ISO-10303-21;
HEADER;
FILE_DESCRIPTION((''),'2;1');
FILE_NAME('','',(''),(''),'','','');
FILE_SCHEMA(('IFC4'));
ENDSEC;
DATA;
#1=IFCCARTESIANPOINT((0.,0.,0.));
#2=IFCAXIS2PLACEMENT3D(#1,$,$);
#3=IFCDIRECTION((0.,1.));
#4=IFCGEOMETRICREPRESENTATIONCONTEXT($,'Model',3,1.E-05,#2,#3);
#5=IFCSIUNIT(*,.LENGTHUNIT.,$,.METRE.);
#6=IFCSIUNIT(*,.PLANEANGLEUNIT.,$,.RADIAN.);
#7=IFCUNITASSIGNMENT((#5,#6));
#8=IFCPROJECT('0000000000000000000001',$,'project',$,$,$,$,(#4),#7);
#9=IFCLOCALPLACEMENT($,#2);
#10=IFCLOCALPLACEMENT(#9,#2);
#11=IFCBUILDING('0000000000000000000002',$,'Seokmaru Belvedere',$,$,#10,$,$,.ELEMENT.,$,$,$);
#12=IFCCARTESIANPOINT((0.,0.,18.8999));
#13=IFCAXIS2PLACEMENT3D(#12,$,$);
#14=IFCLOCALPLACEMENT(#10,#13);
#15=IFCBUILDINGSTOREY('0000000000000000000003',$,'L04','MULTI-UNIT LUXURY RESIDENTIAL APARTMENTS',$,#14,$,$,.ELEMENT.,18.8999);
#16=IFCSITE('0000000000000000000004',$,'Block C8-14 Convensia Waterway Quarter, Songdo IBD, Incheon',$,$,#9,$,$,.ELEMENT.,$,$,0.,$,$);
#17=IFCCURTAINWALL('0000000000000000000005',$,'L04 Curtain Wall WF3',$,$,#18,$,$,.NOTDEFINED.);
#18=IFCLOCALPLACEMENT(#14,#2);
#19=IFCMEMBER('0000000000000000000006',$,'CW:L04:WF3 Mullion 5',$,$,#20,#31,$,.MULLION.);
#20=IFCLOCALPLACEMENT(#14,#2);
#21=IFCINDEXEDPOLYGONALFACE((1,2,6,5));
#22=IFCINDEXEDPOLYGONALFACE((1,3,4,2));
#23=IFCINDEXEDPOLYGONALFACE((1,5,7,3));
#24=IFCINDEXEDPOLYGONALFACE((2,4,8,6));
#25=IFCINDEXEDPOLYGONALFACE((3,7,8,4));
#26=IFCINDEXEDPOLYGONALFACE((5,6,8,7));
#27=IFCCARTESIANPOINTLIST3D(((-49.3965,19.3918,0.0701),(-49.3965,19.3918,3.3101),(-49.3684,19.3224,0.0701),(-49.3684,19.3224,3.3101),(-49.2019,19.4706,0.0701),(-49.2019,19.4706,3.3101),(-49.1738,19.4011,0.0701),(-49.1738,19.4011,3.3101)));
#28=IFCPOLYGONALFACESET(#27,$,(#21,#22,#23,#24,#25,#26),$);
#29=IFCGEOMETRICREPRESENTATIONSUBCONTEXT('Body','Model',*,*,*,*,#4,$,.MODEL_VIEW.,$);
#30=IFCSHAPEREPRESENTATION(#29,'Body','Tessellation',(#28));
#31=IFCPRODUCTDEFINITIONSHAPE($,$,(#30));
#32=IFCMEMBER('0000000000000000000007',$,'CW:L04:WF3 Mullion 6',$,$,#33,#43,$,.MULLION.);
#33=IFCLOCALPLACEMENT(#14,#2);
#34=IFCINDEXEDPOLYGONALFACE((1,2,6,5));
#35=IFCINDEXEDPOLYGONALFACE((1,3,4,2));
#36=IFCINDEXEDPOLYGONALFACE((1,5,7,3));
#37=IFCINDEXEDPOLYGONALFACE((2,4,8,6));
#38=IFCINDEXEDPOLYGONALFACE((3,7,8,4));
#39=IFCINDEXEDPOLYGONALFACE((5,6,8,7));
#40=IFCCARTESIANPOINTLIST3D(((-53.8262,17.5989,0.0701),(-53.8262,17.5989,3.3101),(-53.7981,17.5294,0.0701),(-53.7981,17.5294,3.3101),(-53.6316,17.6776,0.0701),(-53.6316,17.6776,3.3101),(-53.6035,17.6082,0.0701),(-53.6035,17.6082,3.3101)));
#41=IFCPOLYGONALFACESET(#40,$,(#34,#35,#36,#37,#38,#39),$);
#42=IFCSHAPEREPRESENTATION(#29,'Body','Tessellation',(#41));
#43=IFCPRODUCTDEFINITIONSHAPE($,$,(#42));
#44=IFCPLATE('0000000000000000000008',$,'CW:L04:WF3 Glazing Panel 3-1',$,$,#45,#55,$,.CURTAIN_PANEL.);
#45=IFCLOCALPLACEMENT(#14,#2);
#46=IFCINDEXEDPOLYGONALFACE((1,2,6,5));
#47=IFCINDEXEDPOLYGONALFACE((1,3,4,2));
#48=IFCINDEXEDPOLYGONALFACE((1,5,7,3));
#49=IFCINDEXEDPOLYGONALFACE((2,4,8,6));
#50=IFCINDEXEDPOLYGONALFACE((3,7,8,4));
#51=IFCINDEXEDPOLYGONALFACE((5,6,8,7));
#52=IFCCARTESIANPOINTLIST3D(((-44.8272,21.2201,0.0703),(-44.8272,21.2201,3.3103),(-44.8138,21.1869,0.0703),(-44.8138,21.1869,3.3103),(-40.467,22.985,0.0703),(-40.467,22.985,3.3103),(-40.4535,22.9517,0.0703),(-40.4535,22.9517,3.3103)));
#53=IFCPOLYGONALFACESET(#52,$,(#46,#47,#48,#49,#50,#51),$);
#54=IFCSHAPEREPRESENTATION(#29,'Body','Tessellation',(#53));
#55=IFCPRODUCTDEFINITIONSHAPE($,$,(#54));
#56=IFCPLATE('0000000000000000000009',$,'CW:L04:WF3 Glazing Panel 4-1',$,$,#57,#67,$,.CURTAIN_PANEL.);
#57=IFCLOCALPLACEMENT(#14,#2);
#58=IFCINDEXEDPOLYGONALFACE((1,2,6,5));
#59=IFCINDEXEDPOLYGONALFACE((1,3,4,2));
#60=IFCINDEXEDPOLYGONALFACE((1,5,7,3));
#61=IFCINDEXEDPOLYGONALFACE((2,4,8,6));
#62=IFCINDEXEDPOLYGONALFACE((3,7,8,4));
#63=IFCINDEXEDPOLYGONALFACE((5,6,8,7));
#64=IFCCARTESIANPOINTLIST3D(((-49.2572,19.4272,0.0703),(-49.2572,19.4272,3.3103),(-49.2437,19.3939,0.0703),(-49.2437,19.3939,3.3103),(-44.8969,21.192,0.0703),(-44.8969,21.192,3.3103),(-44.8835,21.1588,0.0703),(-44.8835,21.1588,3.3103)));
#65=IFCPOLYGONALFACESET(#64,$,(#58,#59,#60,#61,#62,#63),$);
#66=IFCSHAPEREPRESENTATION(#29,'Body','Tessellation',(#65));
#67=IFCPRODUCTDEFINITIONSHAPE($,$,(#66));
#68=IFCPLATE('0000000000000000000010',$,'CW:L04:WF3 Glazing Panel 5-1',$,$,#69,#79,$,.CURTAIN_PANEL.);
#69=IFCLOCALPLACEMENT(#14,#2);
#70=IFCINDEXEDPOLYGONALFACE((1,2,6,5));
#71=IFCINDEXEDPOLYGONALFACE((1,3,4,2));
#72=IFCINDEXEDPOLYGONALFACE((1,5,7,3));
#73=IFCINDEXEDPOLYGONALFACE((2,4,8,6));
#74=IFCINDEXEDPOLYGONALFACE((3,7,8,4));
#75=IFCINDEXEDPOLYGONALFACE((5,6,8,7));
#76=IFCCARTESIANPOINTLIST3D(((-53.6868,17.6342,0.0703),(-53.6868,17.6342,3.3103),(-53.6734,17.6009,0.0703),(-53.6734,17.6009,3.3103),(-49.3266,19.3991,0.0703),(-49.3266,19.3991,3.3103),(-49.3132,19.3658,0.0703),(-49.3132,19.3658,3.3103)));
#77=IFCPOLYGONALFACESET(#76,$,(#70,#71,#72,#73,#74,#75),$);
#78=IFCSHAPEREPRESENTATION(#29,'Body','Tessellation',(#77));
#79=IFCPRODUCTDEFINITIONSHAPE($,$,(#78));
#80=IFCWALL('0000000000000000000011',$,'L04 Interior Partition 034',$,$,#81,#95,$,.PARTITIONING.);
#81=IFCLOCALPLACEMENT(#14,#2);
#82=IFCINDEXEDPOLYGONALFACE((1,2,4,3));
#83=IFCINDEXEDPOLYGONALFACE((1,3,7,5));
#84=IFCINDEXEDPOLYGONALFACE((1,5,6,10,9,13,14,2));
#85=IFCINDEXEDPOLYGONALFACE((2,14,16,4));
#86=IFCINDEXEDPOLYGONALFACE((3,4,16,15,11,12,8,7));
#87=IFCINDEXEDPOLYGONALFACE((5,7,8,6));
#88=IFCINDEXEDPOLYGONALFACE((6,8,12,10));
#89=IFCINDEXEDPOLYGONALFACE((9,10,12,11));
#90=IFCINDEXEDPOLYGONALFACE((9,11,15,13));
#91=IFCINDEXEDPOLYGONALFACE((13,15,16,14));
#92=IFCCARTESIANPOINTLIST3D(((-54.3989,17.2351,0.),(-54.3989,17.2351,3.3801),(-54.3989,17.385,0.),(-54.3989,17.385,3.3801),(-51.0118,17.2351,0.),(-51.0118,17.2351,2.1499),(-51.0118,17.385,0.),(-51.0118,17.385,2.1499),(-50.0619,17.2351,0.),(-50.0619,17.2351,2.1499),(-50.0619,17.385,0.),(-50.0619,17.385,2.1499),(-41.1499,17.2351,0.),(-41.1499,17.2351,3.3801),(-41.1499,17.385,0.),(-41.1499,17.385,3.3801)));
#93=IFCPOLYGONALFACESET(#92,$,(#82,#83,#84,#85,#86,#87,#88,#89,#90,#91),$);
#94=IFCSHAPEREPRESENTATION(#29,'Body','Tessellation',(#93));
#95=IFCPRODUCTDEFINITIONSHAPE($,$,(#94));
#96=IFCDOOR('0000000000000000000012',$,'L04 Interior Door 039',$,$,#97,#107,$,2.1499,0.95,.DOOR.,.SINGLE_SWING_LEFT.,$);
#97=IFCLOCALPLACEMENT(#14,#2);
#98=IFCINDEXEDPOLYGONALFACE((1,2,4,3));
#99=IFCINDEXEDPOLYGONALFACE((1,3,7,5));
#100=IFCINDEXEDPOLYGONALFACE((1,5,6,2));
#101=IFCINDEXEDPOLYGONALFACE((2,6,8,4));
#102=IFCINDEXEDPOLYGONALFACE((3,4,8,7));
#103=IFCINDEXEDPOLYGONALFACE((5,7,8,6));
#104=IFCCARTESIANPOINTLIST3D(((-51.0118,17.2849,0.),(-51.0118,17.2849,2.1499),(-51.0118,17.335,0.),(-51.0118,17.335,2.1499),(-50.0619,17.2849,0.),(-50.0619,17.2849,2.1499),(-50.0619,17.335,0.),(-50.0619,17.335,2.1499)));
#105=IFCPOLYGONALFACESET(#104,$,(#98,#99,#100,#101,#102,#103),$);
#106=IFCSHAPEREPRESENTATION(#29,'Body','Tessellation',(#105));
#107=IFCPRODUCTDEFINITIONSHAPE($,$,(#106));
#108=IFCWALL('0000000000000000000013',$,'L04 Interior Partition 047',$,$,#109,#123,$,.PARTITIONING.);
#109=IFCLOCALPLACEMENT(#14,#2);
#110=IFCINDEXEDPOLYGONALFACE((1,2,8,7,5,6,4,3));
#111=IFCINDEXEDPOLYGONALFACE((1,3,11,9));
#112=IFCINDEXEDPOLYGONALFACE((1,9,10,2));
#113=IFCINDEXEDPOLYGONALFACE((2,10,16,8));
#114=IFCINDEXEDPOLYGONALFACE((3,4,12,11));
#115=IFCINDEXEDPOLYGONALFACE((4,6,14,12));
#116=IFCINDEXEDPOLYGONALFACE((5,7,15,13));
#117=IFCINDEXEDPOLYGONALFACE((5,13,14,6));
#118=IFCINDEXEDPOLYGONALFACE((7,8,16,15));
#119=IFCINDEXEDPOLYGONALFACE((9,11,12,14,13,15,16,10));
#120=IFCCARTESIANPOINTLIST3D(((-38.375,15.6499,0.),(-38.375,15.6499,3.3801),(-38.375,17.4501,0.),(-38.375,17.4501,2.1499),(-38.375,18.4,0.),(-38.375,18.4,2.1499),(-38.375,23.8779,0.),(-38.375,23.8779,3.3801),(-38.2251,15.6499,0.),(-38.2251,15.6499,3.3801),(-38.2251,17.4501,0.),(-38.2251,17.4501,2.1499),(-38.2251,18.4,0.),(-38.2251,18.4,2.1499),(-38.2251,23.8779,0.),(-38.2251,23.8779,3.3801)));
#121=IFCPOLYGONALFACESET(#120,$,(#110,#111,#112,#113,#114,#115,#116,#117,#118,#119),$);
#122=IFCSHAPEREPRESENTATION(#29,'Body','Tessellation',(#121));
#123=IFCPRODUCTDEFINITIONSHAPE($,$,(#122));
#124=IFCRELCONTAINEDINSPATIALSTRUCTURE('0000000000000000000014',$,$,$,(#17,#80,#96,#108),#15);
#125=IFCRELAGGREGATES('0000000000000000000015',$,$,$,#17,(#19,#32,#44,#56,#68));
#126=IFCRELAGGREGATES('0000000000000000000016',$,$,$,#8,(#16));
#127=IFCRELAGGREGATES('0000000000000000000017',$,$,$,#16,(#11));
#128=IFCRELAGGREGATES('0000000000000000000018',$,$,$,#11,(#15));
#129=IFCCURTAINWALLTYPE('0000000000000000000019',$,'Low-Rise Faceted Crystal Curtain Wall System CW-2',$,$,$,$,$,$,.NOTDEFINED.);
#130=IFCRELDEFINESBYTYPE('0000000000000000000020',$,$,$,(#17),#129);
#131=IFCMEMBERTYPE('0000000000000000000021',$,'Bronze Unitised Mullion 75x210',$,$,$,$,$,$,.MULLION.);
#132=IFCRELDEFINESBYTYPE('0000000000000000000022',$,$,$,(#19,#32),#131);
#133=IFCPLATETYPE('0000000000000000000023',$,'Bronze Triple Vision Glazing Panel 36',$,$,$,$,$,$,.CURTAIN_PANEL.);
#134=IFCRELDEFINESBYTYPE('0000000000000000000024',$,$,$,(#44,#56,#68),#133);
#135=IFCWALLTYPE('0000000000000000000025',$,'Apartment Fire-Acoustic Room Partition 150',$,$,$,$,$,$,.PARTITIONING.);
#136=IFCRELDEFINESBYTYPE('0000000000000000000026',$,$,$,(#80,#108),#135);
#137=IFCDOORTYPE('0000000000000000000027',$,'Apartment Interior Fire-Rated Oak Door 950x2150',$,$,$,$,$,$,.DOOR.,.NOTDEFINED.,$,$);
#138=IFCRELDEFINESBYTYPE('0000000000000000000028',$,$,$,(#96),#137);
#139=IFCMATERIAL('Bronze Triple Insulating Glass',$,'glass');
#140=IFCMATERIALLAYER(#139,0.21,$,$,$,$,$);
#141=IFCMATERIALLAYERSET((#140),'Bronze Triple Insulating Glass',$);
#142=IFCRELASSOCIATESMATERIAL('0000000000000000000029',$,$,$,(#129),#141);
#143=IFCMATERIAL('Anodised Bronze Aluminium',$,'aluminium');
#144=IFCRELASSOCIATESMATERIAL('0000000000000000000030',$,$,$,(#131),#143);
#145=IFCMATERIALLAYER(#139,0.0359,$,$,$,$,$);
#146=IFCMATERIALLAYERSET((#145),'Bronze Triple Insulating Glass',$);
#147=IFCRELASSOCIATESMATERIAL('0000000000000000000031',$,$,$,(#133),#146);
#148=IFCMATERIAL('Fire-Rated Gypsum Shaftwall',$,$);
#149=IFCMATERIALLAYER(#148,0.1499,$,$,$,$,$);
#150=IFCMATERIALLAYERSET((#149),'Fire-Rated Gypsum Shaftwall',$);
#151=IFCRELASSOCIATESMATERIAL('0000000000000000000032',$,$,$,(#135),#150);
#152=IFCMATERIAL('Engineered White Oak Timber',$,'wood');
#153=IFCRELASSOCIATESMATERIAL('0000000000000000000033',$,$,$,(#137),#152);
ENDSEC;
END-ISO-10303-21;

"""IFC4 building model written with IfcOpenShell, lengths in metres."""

from ifc_helpers import new_model, si_unit, direction, frame, frame_2d, origin, origin_2d, place, context, subcontext, project, spatial, rectangle, extrude, source, transform, mapped, material, layer, layer_set, material_profile, profile_set, type_object, type_shapes, element, fill, aggregate, save


model = new_model("IFC4")

# Units and contexts
model_context = context("Model", 3, precision=1e-05, world=origin(), true_north=direction((0.0, 1.0)))
body_context = subcontext(model_context, "Body", "Model", "MODEL_VIEW")
ifc_project = project(units=[si_unit("LENGTHUNIT", "METRE"), si_unit("PLANEANGLEUNIT", "RADIAN")], contexts=[model_context])

# Site, building, storey
site_placement = place(None, origin())
site = spatial("IfcSite", under=ifc_project, at=site_placement, Name="Block C8-14 Convensia Waterway Quarter, Songdo IBD, Incheon", CompositionType="ELEMENT", RefElevation=0.0)
building_placement = place(site_placement, origin())
building = spatial("IfcBuilding", under=site, at=building_placement, Name="Seokmaru Belvedere", CompositionType="ELEMENT")
storey_placement = place(building_placement, frame((0.0, 0.0, 18.8999)))
storey = spatial("IfcBuildingStorey", under=building, at=storey_placement, Name="L04", Description="MULTI-UNIT LUXURY RESIDENTIAL APARTMENTS", CompositionType="ELEMENT", Elevation=18.8999)

# Curtain wall, members, plates
ifc_material_1 = material(Name="Bronze Triple Insulating Glass", Category="glass")
ifc_layer_1 = layer(ifc_material_1, 0.21)
ifc_layer_set_1 = layer_set([ifc_layer_1], Name="Bronze Triple Insulating Glass")
curtain_wall_type = type_object("IfcCurtainWallType", Name="Low-Rise Faceted Crystal Curtain Wall System CW-2", PredefinedType="NOTDEFINED", material=ifc_layer_set_1)
curtain_wall_placement = place(storey_placement, origin())
curtain_wall = element("IfcCurtainWall", 1, at=curtain_wall_placement, inside=storey, type_object=curtain_wall_type, Name="L04 Curtain Wall WF3", PredefinedType="NOTDEFINED")
ifc_material_2 = material(Name="Anodised Bronze Aluminium", Category="aluminium")
ifc_material_profile_1 = material_profile(ifc_material_2, rectangle(XDim=0.075, YDim=0.21, at=origin_2d()), Name="CW-M-75x210")
ifc_profile_set_1 = profile_set([ifc_material_profile_1], Name="Anodised Bronze Aluminium")
member_type = type_object("IfcMemberType", Name="Bronze Unitised Mullion 75x210", PredefinedType="MULLION", material=ifc_profile_set_1)
shared_shape_1 = source(origin(), body_context, "Body", "SweptSolid", [
    extrude(rectangle(XDim=0.075, YDim=0.21, at=origin_2d()), origin(), (0.0, 0.0, 1.0), 3.24),
])
type_shapes(member_type, [shared_shape_1])
member_1_placement = place(storey_placement, frame((-49.2852, 19.3965, 0.0701), z_axis=(0.0, 0.0, 1.0), x_axis=(0.375192, -0.926947, 0.0)))
member_1 = element("IfcMember", 2, at=member_1_placement, type_object=member_type, Name="CW:L04:WF3 Mullion 5", PredefinedType="MULLION", context=body_context, shape_type="MappedRepresentation", body=[
    mapped(shared_shape_1, transform((0.0, 0.0, 0.0), scale=1.0)),
])
member_2_placement = place(storey_placement, frame((-53.7148, 17.6035, 0.0701), z_axis=(0.0, 0.0, 1.0), x_axis=(0.375192, -0.926947, 0.0)))
member_2 = element("IfcMember", 3, at=member_2_placement, type_object=member_type, Name="CW:L04:WF3 Mullion 6", PredefinedType="MULLION", context=body_context, shape_type="MappedRepresentation", body=[
    mapped(shared_shape_1, transform((0.0, 0.0, 0.0), scale=1.0)),
])
ifc_layer_2 = layer(ifc_material_1, 0.0359)
ifc_layer_set_2 = layer_set([ifc_layer_2], Name="Bronze Triple Insulating Glass")
plate_type = type_object("IfcPlateType", Name="Bronze Triple Vision Glazing Panel 36", PredefinedType="CURTAIN_PANEL", material=ifc_layer_set_2)
shared_shape_2 = source(origin(), body_context, "Body", "SweptSolid", [
    extrude(rectangle(XDim=4.7039, YDim=0.0359, at=origin_2d()), origin(), (0.0, 0.0, 1.0), 3.24),
])
type_shapes(plate_type, [shared_shape_2])
plate_1_placement = place(storey_placement, frame((-42.6404, 22.0859, 0.0703), z_axis=(0.0, 0.0, 1.0), x_axis=(-0.926947, -0.375192, 0.0)))
plate_1 = element("IfcPlate", 4, at=plate_1_placement, type_object=plate_type, Name="CW:L04:WF3 Glazing Panel 3-1", PredefinedType="CURTAIN_PANEL", context=body_context, shape_type="MappedRepresentation", body=[
    mapped(shared_shape_2, transform((0.0, 0.0, 0.0), scale=1.0)),
])
plate_2_placement = place(storey_placement, frame((-47.0703, 20.293, 0.0703), z_axis=(0.0, 0.0, 1.0), x_axis=(-0.926947, -0.375192, 0.0)))
plate_2 = element("IfcPlate", 5, at=plate_2_placement, type_object=plate_type, Name="CW:L04:WF3 Glazing Panel 4-1", PredefinedType="CURTAIN_PANEL", context=body_context, shape_type="MappedRepresentation", body=[
    mapped(shared_shape_2, transform((0.0, 0.0, 0.0), scale=1.0)),
])
plate_3_placement = place(storey_placement, frame((-51.5, 18.5, 0.0703), z_axis=(0.0, 0.0, 1.0), x_axis=(-0.926947, -0.375192, 0.0)))
plate_3 = element("IfcPlate", 6, at=plate_3_placement, type_object=plate_type, Name="CW:L04:WF3 Glazing Panel 5-1", PredefinedType="CURTAIN_PANEL", context=body_context, shape_type="MappedRepresentation", body=[
    mapped(shared_shape_2, transform((0.0, 0.0, 0.0), scale=1.0)),
])
aggregate(curtain_wall, [member_1, member_2, plate_1, plate_2, plate_3])

# Wall, opening, door
ifc_material_3 = material(Name="Fire-Rated Gypsum Shaftwall")
ifc_layer_3 = layer(ifc_material_3, 0.1499)
ifc_layer_set_3 = layer_set([ifc_layer_3], Name="Fire-Rated Gypsum Shaftwall")
wall_type = type_object("IfcWallType", Name="Apartment Fire-Acoustic Room Partition 150", PredefinedType="PARTITIONING", material=ifc_layer_set_3)
wall_1_placement = place(storey_placement, frame((-54.3989, 17.3101, 0.0), z_axis=(0.0, 0.0, 1.0), x_axis=(1.0, 0.0, 0.0)))
wall_1 = element("IfcWall", 7, at=wall_1_placement, inside=storey, type_object=wall_type, Name="L04 Interior Partition 034", PredefinedType="PARTITIONING", context=body_context, shape_type="SweptSolid", body=[
    extrude(rectangle(XDim=13.249, YDim=0.1499, at=frame_2d((6.6245, 0.0))), origin(), (0.0, 0.0, 1.0), 3.3801),
])
opening_1_placement = place(wall_1_placement, frame((3.387, 0.0, 0.0)))
opening_1 = element("IfcOpeningElement", 8, at=opening_1_placement, cuts=wall_1, PredefinedType="OPENING", context=body_context, shape_type="SweptSolid", body=[
    extrude(rectangle(XDim=0.95, YDim=2.1499, at=frame_2d((0.4751, 1.075))), frame((0.0, 0.085, 0.0), z_axis=(0.0, -1.0, 0.0), x_axis=(1.0, 0.0, 0.0)), (0.0, 0.0, 1.0), 0.1699),
])
ifc_material_4 = material(Name="Engineered White Oak Timber", Category="wood")
door_type = type_object("IfcDoorType", Name="Apartment Interior Fire-Rated Oak Door 950x2150", OperationType="NOTDEFINED", PredefinedType="DOOR", material=ifc_material_4)
shared_shape_3 = source(origin(), body_context, "Body", "SweptSolid", [
    extrude(rectangle(XDim=0.95, YDim=2.1499, at=frame_2d((0.4751, 1.075))), frame((0.0, 0.0249, 0.0), z_axis=(0.0, -1.0, 0.0), x_axis=(1.0, 0.0, 0.0)), (0.0, 0.0, 1.0), 0.05),
])
type_shapes(door_type, [shared_shape_3])
door_placement = place(opening_1_placement, origin())
door = element("IfcDoor", 9, at=door_placement, inside=storey, type_object=door_type, Name="L04 Interior Door 039", OperationType="SINGLE_SWING_LEFT", OverallHeight=2.1499, OverallWidth=0.95, PredefinedType="DOOR", context=body_context, shape_type="MappedRepresentation", body=[
    mapped(shared_shape_3, transform((0.0, 0.0, 0.0), scale=1.0)),
])
fill(opening_1, door)

# Wall, opening
wall_2_placement = place(storey_placement, frame((-38.3, 15.6499, 0.0), z_axis=(0.0, 0.0, 1.0), x_axis=(0.0, 1.0, 0.0)))
wall_2 = element("IfcWall", 10, at=wall_2_placement, inside=storey, type_object=wall_type, Name="L04 Interior Partition 047", PredefinedType="PARTITIONING", context=body_context, shape_type="SweptSolid", body=[
    extrude(rectangle(XDim=8.228, YDim=0.1499, at=frame_2d((4.114, 0.0))), origin(), (0.0, 0.0, 1.0), 3.3801),
])
opening_2_placement = place(wall_2_placement, frame((1.8, 0.0, 0.0)))
element("IfcOpeningElement", 11, at=opening_2_placement, cuts=wall_2, PredefinedType="OPENING", context=body_context, shape_type="SweptSolid", body=[
    extrude(rectangle(XDim=0.95, YDim=2.1499, at=frame_2d((0.4751, 1.075))), frame((0.0, 0.085, 0.0), z_axis=(0.0, -1.0, 0.0), x_axis=(1.0, 0.0, 0.0)), (0.0, 0.0, 1.0), 0.1699),
])

save(model, "model.ifc")
